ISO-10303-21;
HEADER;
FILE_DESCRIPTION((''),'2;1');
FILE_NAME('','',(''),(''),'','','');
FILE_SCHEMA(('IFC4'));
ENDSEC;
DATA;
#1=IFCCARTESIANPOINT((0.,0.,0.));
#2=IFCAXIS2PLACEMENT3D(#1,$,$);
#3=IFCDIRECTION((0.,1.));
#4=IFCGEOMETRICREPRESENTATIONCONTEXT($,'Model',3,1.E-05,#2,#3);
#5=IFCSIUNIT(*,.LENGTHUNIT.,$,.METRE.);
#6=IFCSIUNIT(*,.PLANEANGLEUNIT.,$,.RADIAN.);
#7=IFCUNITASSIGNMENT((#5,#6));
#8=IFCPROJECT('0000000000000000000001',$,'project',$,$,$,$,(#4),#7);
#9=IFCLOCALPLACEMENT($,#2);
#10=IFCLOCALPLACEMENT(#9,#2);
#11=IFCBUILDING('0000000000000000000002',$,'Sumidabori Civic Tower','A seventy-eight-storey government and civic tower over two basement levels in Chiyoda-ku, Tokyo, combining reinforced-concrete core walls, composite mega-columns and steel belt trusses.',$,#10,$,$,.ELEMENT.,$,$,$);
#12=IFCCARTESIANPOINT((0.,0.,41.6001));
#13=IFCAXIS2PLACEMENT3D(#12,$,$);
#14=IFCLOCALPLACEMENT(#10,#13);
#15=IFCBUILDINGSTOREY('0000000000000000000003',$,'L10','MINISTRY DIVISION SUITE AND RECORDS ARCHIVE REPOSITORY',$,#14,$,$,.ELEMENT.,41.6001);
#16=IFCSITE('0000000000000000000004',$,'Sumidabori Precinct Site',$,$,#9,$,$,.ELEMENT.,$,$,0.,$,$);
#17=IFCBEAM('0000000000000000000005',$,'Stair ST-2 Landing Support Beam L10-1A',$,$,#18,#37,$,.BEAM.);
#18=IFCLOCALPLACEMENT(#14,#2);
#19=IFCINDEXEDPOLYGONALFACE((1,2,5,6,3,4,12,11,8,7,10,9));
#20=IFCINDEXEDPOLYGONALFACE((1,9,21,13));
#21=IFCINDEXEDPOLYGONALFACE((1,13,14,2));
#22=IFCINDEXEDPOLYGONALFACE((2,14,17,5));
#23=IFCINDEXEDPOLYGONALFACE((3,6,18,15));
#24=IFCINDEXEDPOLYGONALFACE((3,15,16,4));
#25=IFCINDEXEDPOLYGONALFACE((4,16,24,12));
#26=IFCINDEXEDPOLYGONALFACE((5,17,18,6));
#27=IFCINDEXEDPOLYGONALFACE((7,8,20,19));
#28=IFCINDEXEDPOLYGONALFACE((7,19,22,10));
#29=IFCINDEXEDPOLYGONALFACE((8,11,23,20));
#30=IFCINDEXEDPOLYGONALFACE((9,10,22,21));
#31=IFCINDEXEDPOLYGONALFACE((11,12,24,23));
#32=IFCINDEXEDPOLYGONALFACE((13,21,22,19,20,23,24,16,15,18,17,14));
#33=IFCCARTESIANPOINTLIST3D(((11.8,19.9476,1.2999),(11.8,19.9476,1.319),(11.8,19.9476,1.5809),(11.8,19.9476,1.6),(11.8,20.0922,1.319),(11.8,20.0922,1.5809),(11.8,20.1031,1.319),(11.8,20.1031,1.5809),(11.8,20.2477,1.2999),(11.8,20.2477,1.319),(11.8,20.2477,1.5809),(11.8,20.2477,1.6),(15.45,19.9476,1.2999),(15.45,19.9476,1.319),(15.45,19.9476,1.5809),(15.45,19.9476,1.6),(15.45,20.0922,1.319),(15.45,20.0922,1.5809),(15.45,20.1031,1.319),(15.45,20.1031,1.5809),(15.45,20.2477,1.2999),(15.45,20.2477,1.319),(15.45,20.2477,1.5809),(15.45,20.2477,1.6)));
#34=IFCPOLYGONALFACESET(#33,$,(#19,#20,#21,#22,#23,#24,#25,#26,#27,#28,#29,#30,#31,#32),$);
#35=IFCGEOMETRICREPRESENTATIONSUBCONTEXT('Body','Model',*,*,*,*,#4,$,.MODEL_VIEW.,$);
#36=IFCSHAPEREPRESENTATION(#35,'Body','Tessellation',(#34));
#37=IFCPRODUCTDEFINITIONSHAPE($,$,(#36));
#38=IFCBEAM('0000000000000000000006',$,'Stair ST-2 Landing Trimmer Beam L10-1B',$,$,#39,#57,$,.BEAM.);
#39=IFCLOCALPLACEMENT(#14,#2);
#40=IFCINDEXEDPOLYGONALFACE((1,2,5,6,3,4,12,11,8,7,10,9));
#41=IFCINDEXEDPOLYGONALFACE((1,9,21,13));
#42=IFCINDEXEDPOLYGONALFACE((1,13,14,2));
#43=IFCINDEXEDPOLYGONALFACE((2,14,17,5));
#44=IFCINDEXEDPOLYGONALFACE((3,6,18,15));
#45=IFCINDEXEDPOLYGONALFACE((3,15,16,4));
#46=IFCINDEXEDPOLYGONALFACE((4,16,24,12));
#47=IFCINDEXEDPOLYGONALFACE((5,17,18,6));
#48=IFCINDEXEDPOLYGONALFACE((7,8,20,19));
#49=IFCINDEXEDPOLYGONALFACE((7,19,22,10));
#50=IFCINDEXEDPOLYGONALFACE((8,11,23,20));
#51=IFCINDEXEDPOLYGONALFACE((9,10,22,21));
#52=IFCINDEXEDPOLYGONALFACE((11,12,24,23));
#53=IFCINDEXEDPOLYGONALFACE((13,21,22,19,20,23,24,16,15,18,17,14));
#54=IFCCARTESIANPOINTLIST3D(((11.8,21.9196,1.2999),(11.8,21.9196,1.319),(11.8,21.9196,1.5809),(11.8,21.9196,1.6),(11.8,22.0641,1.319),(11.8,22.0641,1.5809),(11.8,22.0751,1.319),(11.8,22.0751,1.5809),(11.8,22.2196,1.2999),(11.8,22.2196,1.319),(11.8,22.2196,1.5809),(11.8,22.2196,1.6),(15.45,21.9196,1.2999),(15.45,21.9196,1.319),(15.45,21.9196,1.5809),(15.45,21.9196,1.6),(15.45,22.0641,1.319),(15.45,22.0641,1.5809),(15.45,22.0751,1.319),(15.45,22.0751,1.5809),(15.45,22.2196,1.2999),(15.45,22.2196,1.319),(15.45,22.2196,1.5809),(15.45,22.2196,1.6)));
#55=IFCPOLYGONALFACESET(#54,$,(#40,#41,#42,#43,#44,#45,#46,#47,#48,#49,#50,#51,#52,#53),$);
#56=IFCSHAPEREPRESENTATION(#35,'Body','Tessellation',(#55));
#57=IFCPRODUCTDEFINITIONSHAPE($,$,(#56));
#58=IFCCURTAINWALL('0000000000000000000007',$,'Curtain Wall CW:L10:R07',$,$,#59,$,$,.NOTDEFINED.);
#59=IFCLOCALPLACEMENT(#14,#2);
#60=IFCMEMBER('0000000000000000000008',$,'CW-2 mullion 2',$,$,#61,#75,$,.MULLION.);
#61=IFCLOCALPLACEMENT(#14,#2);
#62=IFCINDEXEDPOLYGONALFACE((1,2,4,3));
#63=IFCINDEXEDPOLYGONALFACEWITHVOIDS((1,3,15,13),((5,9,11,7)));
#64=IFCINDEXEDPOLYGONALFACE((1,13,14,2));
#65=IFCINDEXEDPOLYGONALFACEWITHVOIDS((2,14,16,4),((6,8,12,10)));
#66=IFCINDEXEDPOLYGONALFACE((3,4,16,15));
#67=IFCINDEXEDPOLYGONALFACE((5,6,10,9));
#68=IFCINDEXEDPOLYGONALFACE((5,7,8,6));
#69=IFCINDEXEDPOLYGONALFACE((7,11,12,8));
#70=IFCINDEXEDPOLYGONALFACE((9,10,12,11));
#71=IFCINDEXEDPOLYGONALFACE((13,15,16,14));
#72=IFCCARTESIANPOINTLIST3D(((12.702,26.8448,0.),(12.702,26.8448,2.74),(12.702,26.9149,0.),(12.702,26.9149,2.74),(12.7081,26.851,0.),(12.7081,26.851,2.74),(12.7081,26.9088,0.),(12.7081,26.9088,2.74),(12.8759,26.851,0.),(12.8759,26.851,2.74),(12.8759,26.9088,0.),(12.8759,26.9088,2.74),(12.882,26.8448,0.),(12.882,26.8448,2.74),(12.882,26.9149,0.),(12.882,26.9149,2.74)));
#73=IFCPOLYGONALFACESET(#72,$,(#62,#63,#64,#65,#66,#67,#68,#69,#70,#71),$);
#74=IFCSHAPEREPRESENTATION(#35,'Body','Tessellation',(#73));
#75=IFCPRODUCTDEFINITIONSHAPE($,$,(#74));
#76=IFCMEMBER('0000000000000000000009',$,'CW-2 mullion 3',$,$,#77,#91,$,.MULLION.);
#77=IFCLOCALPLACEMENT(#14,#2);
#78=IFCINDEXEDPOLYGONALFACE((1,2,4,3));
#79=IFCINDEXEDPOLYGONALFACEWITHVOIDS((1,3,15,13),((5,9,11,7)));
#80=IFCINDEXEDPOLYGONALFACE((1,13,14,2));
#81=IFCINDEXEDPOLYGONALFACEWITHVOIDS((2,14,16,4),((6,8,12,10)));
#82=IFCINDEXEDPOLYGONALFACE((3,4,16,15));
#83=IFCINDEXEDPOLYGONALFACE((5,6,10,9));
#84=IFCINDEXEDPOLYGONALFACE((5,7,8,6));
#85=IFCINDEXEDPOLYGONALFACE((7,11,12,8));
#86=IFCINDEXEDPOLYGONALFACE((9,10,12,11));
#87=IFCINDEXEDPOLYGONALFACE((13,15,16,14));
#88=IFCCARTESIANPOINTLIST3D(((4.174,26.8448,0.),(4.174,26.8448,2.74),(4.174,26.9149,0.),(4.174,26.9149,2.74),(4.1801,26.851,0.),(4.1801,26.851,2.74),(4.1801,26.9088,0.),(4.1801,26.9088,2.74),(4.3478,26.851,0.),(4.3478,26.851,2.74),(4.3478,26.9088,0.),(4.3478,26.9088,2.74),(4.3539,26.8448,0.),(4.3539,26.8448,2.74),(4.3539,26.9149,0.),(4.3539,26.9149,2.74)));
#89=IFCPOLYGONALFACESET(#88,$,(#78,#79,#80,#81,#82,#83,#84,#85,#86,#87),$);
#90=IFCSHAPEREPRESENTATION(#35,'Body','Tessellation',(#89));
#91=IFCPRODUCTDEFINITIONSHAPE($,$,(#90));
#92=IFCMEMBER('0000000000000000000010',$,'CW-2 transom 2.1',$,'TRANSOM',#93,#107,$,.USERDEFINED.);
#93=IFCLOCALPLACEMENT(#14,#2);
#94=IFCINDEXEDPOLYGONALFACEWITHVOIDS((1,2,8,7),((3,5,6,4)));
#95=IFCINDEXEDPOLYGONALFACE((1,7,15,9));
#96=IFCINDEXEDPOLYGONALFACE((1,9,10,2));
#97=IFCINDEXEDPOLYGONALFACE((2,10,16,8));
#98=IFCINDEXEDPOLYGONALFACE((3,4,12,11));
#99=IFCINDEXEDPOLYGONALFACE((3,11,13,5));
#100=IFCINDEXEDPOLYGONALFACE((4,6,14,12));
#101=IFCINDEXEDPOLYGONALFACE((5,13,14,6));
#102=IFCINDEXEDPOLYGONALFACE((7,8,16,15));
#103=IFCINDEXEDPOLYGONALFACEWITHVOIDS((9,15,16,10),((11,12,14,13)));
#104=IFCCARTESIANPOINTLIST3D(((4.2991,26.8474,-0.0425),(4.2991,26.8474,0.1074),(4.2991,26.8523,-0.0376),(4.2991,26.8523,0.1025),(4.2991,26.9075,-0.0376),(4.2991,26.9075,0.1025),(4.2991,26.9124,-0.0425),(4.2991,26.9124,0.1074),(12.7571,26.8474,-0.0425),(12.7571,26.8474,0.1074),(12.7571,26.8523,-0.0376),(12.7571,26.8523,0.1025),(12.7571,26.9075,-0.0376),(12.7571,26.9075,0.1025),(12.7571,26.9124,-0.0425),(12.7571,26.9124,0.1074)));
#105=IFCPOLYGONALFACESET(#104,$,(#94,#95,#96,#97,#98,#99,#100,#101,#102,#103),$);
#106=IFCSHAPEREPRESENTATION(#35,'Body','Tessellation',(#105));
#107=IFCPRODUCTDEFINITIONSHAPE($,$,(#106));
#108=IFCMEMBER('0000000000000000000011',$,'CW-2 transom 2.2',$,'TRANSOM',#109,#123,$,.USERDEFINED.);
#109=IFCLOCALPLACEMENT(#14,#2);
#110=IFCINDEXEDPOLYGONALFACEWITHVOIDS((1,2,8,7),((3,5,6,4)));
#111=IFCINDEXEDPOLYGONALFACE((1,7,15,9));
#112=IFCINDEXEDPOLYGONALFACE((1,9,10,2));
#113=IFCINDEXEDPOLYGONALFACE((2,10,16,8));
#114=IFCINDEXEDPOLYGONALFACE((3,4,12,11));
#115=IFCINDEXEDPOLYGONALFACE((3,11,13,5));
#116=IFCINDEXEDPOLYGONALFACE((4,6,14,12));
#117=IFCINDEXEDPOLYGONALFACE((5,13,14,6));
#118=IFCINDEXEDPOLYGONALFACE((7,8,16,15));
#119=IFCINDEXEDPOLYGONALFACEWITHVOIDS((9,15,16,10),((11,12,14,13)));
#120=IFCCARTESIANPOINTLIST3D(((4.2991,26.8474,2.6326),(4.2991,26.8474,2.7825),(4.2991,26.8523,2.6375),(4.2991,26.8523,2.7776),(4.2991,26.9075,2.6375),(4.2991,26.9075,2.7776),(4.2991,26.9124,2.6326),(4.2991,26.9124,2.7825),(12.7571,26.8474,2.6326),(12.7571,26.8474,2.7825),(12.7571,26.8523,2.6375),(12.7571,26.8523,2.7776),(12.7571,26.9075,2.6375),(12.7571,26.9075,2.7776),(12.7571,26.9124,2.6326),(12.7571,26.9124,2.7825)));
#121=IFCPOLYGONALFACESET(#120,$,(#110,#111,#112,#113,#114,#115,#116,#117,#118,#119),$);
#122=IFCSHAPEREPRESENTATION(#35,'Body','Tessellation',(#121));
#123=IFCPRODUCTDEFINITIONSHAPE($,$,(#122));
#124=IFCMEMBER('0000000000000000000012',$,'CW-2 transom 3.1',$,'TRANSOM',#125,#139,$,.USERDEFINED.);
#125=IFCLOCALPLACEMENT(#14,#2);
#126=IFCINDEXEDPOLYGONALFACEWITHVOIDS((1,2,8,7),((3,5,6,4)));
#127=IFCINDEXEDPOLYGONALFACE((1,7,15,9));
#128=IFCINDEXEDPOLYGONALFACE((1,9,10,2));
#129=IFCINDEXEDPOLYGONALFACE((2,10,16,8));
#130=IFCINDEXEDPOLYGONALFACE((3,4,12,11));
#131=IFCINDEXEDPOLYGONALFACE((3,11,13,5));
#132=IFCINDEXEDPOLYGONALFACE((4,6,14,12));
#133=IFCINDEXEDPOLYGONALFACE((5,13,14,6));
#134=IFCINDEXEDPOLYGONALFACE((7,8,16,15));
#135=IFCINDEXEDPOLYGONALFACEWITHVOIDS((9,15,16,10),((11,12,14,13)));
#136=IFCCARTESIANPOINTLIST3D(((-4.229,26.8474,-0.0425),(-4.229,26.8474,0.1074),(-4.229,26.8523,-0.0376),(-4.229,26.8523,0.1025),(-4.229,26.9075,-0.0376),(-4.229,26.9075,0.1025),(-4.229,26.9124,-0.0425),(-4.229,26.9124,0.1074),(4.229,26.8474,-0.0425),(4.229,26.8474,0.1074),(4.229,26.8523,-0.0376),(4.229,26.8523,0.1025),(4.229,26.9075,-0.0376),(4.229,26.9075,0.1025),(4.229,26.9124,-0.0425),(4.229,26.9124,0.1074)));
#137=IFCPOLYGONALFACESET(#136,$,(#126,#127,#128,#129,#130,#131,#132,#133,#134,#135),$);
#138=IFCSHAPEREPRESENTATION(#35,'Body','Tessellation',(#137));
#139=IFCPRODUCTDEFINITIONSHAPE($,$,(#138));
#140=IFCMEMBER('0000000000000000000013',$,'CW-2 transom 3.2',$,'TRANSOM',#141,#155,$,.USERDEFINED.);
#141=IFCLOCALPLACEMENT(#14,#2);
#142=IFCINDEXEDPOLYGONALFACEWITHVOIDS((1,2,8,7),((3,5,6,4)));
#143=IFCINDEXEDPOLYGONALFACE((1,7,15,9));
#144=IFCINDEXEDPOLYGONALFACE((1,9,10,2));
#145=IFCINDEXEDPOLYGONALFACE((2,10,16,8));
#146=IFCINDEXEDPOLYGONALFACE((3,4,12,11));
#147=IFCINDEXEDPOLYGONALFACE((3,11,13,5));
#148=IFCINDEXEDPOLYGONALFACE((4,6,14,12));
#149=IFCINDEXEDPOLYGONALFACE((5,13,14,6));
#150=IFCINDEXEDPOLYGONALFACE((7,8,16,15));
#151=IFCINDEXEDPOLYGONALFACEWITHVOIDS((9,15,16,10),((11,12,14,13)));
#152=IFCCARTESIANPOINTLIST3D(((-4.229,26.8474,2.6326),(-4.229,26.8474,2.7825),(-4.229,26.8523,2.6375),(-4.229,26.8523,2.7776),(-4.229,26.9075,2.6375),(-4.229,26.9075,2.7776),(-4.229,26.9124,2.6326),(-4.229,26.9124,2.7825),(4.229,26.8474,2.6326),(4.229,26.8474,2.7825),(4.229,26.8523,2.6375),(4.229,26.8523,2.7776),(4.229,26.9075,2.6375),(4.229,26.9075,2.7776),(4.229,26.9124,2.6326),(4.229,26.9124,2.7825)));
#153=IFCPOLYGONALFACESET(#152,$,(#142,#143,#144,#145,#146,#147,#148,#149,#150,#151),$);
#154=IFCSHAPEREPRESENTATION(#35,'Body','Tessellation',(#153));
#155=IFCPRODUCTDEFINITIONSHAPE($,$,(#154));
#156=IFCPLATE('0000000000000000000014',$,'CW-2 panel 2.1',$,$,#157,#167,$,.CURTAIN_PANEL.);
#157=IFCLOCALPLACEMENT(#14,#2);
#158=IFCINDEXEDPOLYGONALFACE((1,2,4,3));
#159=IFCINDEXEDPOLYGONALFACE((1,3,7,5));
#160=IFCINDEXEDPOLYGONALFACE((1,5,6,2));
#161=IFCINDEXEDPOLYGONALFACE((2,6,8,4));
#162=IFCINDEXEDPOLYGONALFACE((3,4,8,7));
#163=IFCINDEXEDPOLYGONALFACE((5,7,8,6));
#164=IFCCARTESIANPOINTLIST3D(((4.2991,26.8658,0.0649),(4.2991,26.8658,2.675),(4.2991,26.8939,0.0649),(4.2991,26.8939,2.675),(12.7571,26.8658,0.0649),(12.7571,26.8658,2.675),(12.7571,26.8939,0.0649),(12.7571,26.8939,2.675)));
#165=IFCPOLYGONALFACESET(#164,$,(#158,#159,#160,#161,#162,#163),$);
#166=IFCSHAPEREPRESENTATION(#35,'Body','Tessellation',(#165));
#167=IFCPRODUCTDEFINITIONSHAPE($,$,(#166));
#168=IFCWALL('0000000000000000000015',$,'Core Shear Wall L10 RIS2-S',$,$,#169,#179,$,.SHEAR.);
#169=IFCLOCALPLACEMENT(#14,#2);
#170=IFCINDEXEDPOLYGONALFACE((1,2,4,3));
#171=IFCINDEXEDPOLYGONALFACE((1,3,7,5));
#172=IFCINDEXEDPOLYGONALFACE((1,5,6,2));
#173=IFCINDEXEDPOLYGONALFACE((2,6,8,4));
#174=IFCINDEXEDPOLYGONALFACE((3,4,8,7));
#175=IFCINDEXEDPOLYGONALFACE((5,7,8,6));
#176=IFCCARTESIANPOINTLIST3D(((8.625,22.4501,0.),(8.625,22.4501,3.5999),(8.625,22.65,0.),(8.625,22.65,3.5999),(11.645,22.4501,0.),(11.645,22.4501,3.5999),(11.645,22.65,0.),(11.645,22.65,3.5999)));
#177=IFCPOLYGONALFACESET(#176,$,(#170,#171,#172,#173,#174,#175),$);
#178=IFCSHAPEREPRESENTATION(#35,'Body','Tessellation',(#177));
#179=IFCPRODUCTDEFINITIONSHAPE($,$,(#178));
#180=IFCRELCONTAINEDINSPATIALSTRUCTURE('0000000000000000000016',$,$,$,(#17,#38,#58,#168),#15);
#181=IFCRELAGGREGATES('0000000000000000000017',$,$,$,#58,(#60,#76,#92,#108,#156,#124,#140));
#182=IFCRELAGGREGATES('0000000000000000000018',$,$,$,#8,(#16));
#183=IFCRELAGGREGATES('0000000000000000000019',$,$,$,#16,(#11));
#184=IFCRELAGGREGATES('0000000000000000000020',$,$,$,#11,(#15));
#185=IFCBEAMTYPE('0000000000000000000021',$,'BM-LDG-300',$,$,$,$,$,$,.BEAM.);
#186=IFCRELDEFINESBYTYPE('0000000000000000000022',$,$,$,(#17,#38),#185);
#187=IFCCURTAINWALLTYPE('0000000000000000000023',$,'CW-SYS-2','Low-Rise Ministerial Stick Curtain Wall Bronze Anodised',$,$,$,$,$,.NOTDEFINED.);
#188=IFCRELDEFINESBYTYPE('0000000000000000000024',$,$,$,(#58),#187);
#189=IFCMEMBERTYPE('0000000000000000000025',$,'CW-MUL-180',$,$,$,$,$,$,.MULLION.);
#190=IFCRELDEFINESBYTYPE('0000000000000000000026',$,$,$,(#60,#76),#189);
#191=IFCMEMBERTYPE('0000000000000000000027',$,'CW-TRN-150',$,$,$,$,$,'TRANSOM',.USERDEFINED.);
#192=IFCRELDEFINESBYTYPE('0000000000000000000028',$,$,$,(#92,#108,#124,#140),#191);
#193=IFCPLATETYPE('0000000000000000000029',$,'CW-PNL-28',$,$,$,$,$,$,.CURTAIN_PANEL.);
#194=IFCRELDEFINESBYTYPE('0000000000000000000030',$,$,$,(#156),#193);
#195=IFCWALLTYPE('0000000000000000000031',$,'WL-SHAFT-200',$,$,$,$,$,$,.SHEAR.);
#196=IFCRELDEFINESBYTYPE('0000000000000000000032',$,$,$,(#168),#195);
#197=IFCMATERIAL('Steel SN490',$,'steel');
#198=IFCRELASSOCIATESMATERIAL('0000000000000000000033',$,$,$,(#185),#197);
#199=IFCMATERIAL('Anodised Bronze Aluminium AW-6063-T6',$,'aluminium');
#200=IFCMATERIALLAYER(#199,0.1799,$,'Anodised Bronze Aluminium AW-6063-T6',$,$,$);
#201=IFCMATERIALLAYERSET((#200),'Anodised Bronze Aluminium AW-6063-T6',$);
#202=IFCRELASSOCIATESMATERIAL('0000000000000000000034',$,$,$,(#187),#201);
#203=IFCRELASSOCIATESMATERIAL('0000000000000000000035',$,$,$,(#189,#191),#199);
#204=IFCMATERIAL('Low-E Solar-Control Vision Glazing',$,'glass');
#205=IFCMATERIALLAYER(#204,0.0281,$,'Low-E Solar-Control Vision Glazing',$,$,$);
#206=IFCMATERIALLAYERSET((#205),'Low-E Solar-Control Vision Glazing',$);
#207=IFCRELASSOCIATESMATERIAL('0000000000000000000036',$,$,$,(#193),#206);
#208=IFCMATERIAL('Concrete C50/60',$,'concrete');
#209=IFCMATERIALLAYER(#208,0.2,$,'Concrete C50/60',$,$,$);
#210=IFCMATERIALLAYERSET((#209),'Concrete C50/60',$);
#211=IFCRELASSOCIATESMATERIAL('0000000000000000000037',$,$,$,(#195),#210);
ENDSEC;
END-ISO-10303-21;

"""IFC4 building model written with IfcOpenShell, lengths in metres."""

from ifc_helpers import new_model, si_unit, direction, frame, frame_2d, origin, origin_2d, place, context, subcontext, project, spatial, rectangle, hollow_rectangle, i_section, extrude, source, transform, mapped, material, layer, layer_set, material_profile, profile_set, type_object, element, aggregate, save


model = new_model("IFC4")

# Units and contexts
model_context = context("Model", 3, precision=1e-05, world=origin(), true_north=direction((0.0, 1.0)))
body_context = subcontext(model_context, "Body", "Model", "MODEL_VIEW")
ifc_project = project(units=[si_unit("LENGTHUNIT", "METRE"), si_unit("PLANEANGLEUNIT", "RADIAN")], contexts=[model_context])

# Site, building, storey
site_placement = place(None, origin())
site = spatial("IfcSite", under=ifc_project, at=site_placement, Name="Sumidabori Precinct Site", CompositionType="ELEMENT", RefElevation=0.0)
building_placement = place(site_placement, origin())
building = spatial("IfcBuilding", under=site, at=building_placement, Name="Sumidabori Civic Tower", Description="A seventy-eight-storey government and civic tower over two basement levels in Chiyoda-ku, Tokyo, combining reinforced-concrete core walls, composite mega-columns and steel belt trusses.", CompositionType="ELEMENT")
storey_placement = place(building_placement, frame((0.0, 0.0, 41.6001)))
storey = spatial("IfcBuildingStorey", under=building, at=storey_placement, Name="L10", Description="MINISTRY DIVISION SUITE AND RECORDS ARCHIVE REPOSITORY", CompositionType="ELEMENT", Elevation=41.6001)

# Beams
ifc_material_1 = material(Name="Steel SN490", Category="steel")
ifc_material_profile_1 = material_profile(ifc_material_1, i_section(OverallWidth=0.3, OverallDepth=0.3, WebThickness=0.011, FlangeThickness=0.019, at=origin_2d()), Name="HE 300 B")
ifc_profile_set_1 = profile_set([ifc_material_profile_1], Name="Steel SN490")
beam_type = type_object("IfcBeamType", Name="BM-LDG-300", PredefinedType="BEAM", material=ifc_profile_set_1)
shared_shape_1 = source(origin(), body_context, "Body", "SweptSolid", [
    extrude(i_section(OverallWidth=0.3, OverallDepth=0.3, WebThickness=0.011, FlangeThickness=0.019, at=origin_2d()), origin(), (0.0, 0.0, 1.0), 3.6499),
])
for number, where, z_axis, x_axis, name in (
    (1, (11.8, 20.0977, 1.45), (1.0, 0.0, 0.0), (0.0, 1.0, 0.0), "Stair ST-2 Landing Support Beam L10-1A"),
    (2, (11.8, 22.0696, 1.45), (1.0, 0.0, 0.0), (0.0, 1.0, 0.0), "Stair ST-2 Landing Trimmer Beam L10-1B"),
):
    element("IfcBeam", number, at=place(storey_placement, frame(where, z_axis=z_axis, x_axis=x_axis)), inside=storey, type_object=beam_type, Name=name, PredefinedType="BEAM", context=body_context, shape_type="MappedRepresentation", body=[
        mapped(shared_shape_1, transform((0.0, 0.0, 0.0), x_axis=(1.0, 0.0, 0.0), y_axis=(0.0, 1.0, 0.0), z_axis=(0.0, 0.0, 1.0), scale=1.0)),
    ])

# Curtain wall, members, plate
ifc_material_2 = material(Name="Anodised Bronze Aluminium AW-6063-T6", Category="aluminium")
ifc_layer_1 = layer(ifc_material_2, 0.1799, Name="Anodised Bronze Aluminium AW-6063-T6")
ifc_layer_set_1 = layer_set([ifc_layer_1], Name="Anodised Bronze Aluminium AW-6063-T6")
curtain_wall_type = type_object("IfcCurtainWallType", Name="CW-SYS-2", Description="Low-Rise Ministerial Stick Curtain Wall Bronze Anodised", PredefinedType="NOTDEFINED", material=ifc_layer_set_1)
curtain_wall_placement = place(storey_placement, origin())
curtain_wall = element("IfcCurtainWall", 3, at=curtain_wall_placement, inside=storey, type_object=curtain_wall_type, Name="Curtain Wall CW:L10:R07", PredefinedType="NOTDEFINED")
ifc_material_profile_2 = material_profile(ifc_material_2, hollow_rectangle(XDim=0.0701, YDim=0.1799, WallThickness=0.0061, at=origin_2d()), Name="ALU MULLION 180x70")
ifc_profile_set_2 = profile_set([ifc_material_profile_2], Name="Anodised Bronze Aluminium AW-6063-T6")
member_type_1 = type_object("IfcMemberType", Name="CW-MUL-180", PredefinedType="MULLION", material=ifc_profile_set_2)
shared_shape_2 = source(origin(), body_context, "Body", "SweptSolid", [
    extrude(hollow_rectangle(XDim=0.0701, YDim=0.1799, WallThickness=0.0061, at=origin_2d()), origin(), (0.0, 0.0, 1.0), 2.74),
])
member_1_placement = place(storey_placement, frame((12.792, 26.8799, 0.0), z_axis=(0.0, 0.0, 1.0), x_axis=(0.0, -1.0, 0.0)))
member_1 = element("IfcMember", 4, at=member_1_placement, type_object=member_type_1, Name="CW-2 mullion 2", PredefinedType="MULLION", context=body_context, shape_type="MappedRepresentation", body=[
    mapped(shared_shape_2, transform((0.0, 0.0, 0.0), x_axis=(1.0, 0.0, 0.0), y_axis=(0.0, 1.0, 0.0), z_axis=(0.0, 0.0, 1.0), scale=1.0)),
])
member_2_placement = place(storey_placement, frame((4.2639, 26.8799, 0.0), z_axis=(0.0, 0.0, 1.0), x_axis=(0.0, -1.0, 0.0)))
member_2 = element("IfcMember", 5, at=member_2_placement, type_object=member_type_1, Name="CW-2 mullion 3", PredefinedType="MULLION", context=body_context, shape_type="MappedRepresentation", body=[
    mapped(shared_shape_2, transform((0.0, 0.0, 0.0), x_axis=(1.0, 0.0, 0.0), y_axis=(0.0, 1.0, 0.0), z_axis=(0.0, 0.0, 1.0), scale=1.0)),
])
ifc_material_profile_3 = material_profile(ifc_material_2, hollow_rectangle(XDim=0.0649, YDim=0.1499, WallThickness=0.0049, at=origin_2d()), Name="ALU TRANSOM 150x65")
ifc_profile_set_3 = profile_set([ifc_material_profile_3], Name="Anodised Bronze Aluminium AW-6063-T6")
member_type_2 = type_object("IfcMemberType", Name="CW-TRN-150", ElementType="TRANSOM", PredefinedType="USERDEFINED", material=ifc_profile_set_3)
shared_shape_3 = source(origin(), body_context, "Body", "SweptSolid", [
    extrude(hollow_rectangle(XDim=0.0649, YDim=0.1499, WallThickness=0.0049, at=origin_2d()), origin(), (0.0, 0.0, 1.0), 8.458),
])
member_3_placement = place(storey_placement, frame((12.7571, 26.8799, 0.0325), z_axis=(-1.0, 0.0, 0.0), x_axis=(0.0, -1.0, 0.0)))
member_3 = element("IfcMember", 6, at=member_3_placement, type_object=member_type_2, Name="CW-2 transom 2.1", ObjectType="TRANSOM", PredefinedType="USERDEFINED", context=body_context, shape_type="MappedRepresentation", body=[
    mapped(shared_shape_3, transform((0.0, 0.0, 0.0), x_axis=(1.0, 0.0, 0.0), y_axis=(0.0, 1.0, 0.0), z_axis=(0.0, 0.0, 1.0), scale=1.0)),
])
member_4_placement = place(storey_placement, frame((12.7571, 26.8799, 2.7075), z_axis=(-1.0, 0.0, 0.0), x_axis=(0.0, -1.0, 0.0)))
member_4 = element("IfcMember", 7, at=member_4_placement, type_object=member_type_2, Name="CW-2 transom 2.2", ObjectType="TRANSOM", PredefinedType="USERDEFINED", context=body_context, shape_type="MappedRepresentation", body=[
    mapped(shared_shape_3, transform((0.0, 0.0, 0.0), x_axis=(1.0, 0.0, 0.0), y_axis=(0.0, 1.0, 0.0), z_axis=(0.0, 0.0, 1.0), scale=1.0)),
])
member_5_placement = place(storey_placement, frame((4.229, 26.8799, 0.0325), z_axis=(-1.0, 0.0, 0.0), x_axis=(0.0, -1.0, 0.0)))
member_5 = element("IfcMember", 8, at=member_5_placement, type_object=member_type_2, Name="CW-2 transom 3.1", ObjectType="TRANSOM", PredefinedType="USERDEFINED", context=body_context, shape_type="MappedRepresentation", body=[
    mapped(shared_shape_3, transform((0.0, 0.0, 0.0), x_axis=(1.0, 0.0, 0.0), y_axis=(0.0, 1.0, 0.0), z_axis=(0.0, 0.0, 1.0), scale=1.0)),
])
member_6_placement = place(storey_placement, frame((4.229, 26.8799, 2.7075), z_axis=(-1.0, 0.0, 0.0), x_axis=(0.0, -1.0, 0.0)))
member_6 = element("IfcMember", 9, at=member_6_placement, type_object=member_type_2, Name="CW-2 transom 3.2", ObjectType="TRANSOM", PredefinedType="USERDEFINED", context=body_context, shape_type="MappedRepresentation", body=[
    mapped(shared_shape_3, transform((0.0, 0.0, 0.0), x_axis=(1.0, 0.0, 0.0), y_axis=(0.0, 1.0, 0.0), z_axis=(0.0, 0.0, 1.0), scale=1.0)),
])
ifc_material_3 = material(Name="Low-E Solar-Control Vision Glazing", Category="glass")
ifc_layer_2 = layer(ifc_material_3, 0.0281, Name="Low-E Solar-Control Vision Glazing")
ifc_layer_set_2 = layer_set([ifc_layer_2], Name="Low-E Solar-Control Vision Glazing")
plate_type = type_object("IfcPlateType", Name="CW-PNL-28", PredefinedType="CURTAIN_PANEL", material=ifc_layer_set_2)
shared_shape_4 = source(origin(), body_context, "Body", "SweptSolid", [
    extrude(rectangle(XDim=8.458, YDim=0.0281, at=origin_2d()), origin(), (0.0, 0.0, 1.0), 2.6101),
])
plate_placement = place(storey_placement, frame((8.5281, 26.8799, 0.0649), z_axis=(0.0, 0.0, 1.0), x_axis=(-1.0, 0.0, 0.0)))
plate = element("IfcPlate", 10, at=plate_placement, type_object=plate_type, Name="CW-2 panel 2.1", PredefinedType="CURTAIN_PANEL", context=body_context, shape_type="MappedRepresentation", body=[
    mapped(shared_shape_4, transform((0.0, 0.0, 0.0), x_axis=(1.0, 0.0, 0.0), y_axis=(0.0, 1.0, 0.0), z_axis=(0.0, 0.0, 1.0), scale=1.0)),
])
aggregate(curtain_wall, [member_1, member_2, member_3, member_4, plate, member_5, member_6])

# Wall
ifc_material_4 = material(Name="Concrete C50/60", Category="concrete")
ifc_layer_3 = layer(ifc_material_4, 0.2, Name="Concrete C50/60")
ifc_layer_set_3 = layer_set([ifc_layer_3], Name="Concrete C50/60")
wall_type_1 = type_object("IfcWallType", Name="WL-SHAFT-200", PredefinedType="SHEAR", material=ifc_layer_set_3)
shared_shape_5 = source(origin(), body_context, "Body", "SweptSolid", [
    extrude(rectangle(XDim=3.02, YDim=0.2, at=frame_2d((1.51, 0.0))), origin(), (0.0, 0.0, 1.0), 3.5999),
])
wall_1_placement = place(storey_placement, frame((8.625, 22.55, 0.0), z_axis=(0.0, 0.0, 1.0), x_axis=(1.0, 0.0, 0.0)))
element("IfcWall", 11, at=wall_1_placement, inside=storey, type_object=wall_type_1, Name="Core Shear Wall L10 RIS2-S", PredefinedType="SHEAR", context=body_context, shape_type="MappedRepresentation", body=[
    mapped(shared_shape_5, transform((0.0, 0.0, 0.0), x_axis=(1.0, 0.0, 0.0), y_axis=(0.0, 1.0, 0.0), z_axis=(0.0, 0.0, 1.0), scale=1.0)),
])

save(model, "model.ifc")
